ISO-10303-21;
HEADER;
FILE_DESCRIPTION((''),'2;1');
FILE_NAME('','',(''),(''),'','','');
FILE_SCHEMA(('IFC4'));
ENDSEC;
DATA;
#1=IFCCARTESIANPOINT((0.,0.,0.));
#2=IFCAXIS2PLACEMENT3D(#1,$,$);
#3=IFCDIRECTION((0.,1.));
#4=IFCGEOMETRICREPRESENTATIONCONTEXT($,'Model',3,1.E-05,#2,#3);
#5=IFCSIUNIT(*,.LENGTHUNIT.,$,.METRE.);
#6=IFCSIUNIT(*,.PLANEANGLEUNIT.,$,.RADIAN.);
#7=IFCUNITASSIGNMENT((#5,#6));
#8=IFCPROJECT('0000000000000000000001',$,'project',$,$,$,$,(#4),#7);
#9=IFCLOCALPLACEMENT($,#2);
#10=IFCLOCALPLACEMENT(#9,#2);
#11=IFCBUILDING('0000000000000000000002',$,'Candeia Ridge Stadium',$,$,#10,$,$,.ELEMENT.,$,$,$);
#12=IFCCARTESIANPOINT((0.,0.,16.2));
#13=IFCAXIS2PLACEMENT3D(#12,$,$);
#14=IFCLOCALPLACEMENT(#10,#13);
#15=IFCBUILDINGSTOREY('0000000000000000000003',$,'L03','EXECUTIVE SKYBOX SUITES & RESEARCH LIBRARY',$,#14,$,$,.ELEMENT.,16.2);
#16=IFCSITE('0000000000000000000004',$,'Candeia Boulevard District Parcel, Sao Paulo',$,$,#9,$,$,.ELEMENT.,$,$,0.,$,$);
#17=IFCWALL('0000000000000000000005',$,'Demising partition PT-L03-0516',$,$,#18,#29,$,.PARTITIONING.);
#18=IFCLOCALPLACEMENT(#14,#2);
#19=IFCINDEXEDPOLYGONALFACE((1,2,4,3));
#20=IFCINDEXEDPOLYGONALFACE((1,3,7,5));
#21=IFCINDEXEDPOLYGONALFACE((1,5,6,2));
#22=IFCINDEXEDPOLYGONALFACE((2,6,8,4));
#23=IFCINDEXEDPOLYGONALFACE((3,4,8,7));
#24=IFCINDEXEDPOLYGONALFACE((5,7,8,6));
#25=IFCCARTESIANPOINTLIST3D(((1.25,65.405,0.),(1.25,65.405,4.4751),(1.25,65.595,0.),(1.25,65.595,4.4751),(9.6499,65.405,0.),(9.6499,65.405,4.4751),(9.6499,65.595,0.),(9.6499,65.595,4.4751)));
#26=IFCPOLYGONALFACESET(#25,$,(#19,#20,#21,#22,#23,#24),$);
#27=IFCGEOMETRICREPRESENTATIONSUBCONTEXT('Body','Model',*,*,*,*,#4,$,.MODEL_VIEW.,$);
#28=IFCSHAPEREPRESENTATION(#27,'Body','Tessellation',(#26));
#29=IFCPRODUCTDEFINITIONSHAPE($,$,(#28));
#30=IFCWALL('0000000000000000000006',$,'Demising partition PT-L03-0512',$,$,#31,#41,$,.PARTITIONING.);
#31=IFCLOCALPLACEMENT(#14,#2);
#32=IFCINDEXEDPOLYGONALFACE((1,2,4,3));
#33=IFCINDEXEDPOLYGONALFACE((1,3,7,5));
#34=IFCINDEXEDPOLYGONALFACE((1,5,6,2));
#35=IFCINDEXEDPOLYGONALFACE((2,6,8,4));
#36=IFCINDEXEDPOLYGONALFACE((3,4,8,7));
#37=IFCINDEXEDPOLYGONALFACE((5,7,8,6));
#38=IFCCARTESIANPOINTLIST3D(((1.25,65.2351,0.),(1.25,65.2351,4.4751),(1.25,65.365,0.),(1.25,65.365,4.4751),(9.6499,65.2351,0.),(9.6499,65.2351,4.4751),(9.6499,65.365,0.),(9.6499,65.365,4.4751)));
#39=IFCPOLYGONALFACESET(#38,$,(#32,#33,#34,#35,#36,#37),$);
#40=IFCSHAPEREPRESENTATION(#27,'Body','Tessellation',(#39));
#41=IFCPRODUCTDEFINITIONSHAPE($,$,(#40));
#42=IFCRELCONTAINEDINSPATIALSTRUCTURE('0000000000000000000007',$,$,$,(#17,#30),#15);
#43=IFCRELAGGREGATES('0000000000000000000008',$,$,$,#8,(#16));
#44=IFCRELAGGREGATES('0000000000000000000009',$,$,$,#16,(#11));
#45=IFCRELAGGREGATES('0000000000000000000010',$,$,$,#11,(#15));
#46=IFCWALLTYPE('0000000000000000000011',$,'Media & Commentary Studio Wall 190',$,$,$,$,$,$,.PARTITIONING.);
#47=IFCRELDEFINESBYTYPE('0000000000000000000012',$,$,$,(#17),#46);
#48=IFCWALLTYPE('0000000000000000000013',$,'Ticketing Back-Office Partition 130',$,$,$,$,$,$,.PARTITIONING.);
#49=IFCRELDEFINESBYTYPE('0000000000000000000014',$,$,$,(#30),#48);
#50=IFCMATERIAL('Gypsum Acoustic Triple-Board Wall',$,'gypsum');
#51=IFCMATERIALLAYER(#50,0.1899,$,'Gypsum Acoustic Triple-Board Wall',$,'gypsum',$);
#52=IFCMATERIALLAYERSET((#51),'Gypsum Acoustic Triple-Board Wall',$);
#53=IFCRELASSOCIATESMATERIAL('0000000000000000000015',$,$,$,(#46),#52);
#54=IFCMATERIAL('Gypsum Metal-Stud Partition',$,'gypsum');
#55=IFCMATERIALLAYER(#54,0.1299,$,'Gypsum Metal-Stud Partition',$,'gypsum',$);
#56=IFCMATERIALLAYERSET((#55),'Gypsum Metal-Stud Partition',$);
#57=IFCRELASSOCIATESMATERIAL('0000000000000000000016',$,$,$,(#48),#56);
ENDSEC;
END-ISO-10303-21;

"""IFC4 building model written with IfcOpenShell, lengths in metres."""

from ifc_helpers import new_model, si_unit, direction, frame, frame_2d, origin, place, context, subcontext, project, spatial, rectangle, extrude, material, layer, layer_set, type_object, element, save


model = new_model("IFC4")

# Units and contexts
model_context = context("Model", 3, precision=1e-05, world=origin(), true_north=direction((0.0, 1.0)))
body_context = subcontext(model_context, "Body", "Model", "MODEL_VIEW")
ifc_project = project(units=[si_unit("LENGTHUNIT", "METRE"), si_unit("PLANEANGLEUNIT", "RADIAN")], contexts=[model_context])

# Site, building, storey
site_placement = place(None, origin())
site = spatial("IfcSite", under=ifc_project, at=site_placement, Name="Candeia Boulevard District Parcel, Sao Paulo", CompositionType="ELEMENT", RefElevation=0.0)
building_placement = place(site_placement, origin())
building = spatial("IfcBuilding", under=site, at=building_placement, Name="Candeia Ridge Stadium", CompositionType="ELEMENT")
storey_placement = place(building_placement, frame((0.0, 0.0, 16.2)))
storey = spatial("IfcBuildingStorey", under=building, at=storey_placement, Name="L03", Description="EXECUTIVE SKYBOX SUITES & RESEARCH LIBRARY", CompositionType="ELEMENT", Elevation=16.2)

# Walls
ifc_material_1 = material(Name="Gypsum Acoustic Triple-Board Wall", Category="gypsum")
ifc_layer_1 = layer(ifc_material_1, 0.1899, Name="Gypsum Acoustic Triple-Board Wall", Category="gypsum")
ifc_layer_set_1 = layer_set([ifc_layer_1], Name="Gypsum Acoustic Triple-Board Wall")
wall_type_1 = type_object("IfcWallType", Name="Media & Commentary Studio Wall 190", PredefinedType="PARTITIONING", material=ifc_layer_set_1)
wall_1_placement = place(storey_placement, frame((9.6499, 65.5, 0.0), z_axis=(0.0, 0.0, 1.0), x_axis=(-1.0, 0.0, 0.0)))
element("IfcWall", 1, at=wall_1_placement, inside=storey, type_object=wall_type_1, Name="Demising partition PT-L03-0516", PredefinedType="PARTITIONING", context=body_context, shape_type="SweptSolid", body=[
    extrude(rectangle(XDim=8.3999, YDim=0.1899, at=frame_2d((4.2, 0.0))), origin(), (0.0, 0.0, 1.0), 4.4751),
])
ifc_material_2 = material(Name="Gypsum Metal-Stud Partition", Category="gypsum")
ifc_layer_2 = layer(ifc_material_2, 0.1299, Name="Gypsum Metal-Stud Partition", Category="gypsum")
ifc_layer_set_2 = layer_set([ifc_layer_2], Name="Gypsum Metal-Stud Partition")
wall_type_2 = type_object("IfcWallType", Name="Ticketing Back-Office Partition 130", PredefinedType="PARTITIONING", material=ifc_layer_set_2)
wall_2_placement = place(storey_placement, frame((1.25, 65.3, 0.0), z_axis=(0.0, 0.0, 1.0), x_axis=(1.0, 0.0, 0.0)))
element("IfcWall", 2, at=wall_2_placement, inside=storey, type_object=wall_type_2, Name="Demising partition PT-L03-0512", PredefinedType="PARTITIONING", context=body_context, shape_type="SweptSolid", body=[
    extrude(rectangle(XDim=8.3999, YDim=0.1299, at=frame_2d((4.2, 0.0))), origin(), (0.0, 0.0, 1.0), 4.4751),
])

save(model, "model.ifc")
